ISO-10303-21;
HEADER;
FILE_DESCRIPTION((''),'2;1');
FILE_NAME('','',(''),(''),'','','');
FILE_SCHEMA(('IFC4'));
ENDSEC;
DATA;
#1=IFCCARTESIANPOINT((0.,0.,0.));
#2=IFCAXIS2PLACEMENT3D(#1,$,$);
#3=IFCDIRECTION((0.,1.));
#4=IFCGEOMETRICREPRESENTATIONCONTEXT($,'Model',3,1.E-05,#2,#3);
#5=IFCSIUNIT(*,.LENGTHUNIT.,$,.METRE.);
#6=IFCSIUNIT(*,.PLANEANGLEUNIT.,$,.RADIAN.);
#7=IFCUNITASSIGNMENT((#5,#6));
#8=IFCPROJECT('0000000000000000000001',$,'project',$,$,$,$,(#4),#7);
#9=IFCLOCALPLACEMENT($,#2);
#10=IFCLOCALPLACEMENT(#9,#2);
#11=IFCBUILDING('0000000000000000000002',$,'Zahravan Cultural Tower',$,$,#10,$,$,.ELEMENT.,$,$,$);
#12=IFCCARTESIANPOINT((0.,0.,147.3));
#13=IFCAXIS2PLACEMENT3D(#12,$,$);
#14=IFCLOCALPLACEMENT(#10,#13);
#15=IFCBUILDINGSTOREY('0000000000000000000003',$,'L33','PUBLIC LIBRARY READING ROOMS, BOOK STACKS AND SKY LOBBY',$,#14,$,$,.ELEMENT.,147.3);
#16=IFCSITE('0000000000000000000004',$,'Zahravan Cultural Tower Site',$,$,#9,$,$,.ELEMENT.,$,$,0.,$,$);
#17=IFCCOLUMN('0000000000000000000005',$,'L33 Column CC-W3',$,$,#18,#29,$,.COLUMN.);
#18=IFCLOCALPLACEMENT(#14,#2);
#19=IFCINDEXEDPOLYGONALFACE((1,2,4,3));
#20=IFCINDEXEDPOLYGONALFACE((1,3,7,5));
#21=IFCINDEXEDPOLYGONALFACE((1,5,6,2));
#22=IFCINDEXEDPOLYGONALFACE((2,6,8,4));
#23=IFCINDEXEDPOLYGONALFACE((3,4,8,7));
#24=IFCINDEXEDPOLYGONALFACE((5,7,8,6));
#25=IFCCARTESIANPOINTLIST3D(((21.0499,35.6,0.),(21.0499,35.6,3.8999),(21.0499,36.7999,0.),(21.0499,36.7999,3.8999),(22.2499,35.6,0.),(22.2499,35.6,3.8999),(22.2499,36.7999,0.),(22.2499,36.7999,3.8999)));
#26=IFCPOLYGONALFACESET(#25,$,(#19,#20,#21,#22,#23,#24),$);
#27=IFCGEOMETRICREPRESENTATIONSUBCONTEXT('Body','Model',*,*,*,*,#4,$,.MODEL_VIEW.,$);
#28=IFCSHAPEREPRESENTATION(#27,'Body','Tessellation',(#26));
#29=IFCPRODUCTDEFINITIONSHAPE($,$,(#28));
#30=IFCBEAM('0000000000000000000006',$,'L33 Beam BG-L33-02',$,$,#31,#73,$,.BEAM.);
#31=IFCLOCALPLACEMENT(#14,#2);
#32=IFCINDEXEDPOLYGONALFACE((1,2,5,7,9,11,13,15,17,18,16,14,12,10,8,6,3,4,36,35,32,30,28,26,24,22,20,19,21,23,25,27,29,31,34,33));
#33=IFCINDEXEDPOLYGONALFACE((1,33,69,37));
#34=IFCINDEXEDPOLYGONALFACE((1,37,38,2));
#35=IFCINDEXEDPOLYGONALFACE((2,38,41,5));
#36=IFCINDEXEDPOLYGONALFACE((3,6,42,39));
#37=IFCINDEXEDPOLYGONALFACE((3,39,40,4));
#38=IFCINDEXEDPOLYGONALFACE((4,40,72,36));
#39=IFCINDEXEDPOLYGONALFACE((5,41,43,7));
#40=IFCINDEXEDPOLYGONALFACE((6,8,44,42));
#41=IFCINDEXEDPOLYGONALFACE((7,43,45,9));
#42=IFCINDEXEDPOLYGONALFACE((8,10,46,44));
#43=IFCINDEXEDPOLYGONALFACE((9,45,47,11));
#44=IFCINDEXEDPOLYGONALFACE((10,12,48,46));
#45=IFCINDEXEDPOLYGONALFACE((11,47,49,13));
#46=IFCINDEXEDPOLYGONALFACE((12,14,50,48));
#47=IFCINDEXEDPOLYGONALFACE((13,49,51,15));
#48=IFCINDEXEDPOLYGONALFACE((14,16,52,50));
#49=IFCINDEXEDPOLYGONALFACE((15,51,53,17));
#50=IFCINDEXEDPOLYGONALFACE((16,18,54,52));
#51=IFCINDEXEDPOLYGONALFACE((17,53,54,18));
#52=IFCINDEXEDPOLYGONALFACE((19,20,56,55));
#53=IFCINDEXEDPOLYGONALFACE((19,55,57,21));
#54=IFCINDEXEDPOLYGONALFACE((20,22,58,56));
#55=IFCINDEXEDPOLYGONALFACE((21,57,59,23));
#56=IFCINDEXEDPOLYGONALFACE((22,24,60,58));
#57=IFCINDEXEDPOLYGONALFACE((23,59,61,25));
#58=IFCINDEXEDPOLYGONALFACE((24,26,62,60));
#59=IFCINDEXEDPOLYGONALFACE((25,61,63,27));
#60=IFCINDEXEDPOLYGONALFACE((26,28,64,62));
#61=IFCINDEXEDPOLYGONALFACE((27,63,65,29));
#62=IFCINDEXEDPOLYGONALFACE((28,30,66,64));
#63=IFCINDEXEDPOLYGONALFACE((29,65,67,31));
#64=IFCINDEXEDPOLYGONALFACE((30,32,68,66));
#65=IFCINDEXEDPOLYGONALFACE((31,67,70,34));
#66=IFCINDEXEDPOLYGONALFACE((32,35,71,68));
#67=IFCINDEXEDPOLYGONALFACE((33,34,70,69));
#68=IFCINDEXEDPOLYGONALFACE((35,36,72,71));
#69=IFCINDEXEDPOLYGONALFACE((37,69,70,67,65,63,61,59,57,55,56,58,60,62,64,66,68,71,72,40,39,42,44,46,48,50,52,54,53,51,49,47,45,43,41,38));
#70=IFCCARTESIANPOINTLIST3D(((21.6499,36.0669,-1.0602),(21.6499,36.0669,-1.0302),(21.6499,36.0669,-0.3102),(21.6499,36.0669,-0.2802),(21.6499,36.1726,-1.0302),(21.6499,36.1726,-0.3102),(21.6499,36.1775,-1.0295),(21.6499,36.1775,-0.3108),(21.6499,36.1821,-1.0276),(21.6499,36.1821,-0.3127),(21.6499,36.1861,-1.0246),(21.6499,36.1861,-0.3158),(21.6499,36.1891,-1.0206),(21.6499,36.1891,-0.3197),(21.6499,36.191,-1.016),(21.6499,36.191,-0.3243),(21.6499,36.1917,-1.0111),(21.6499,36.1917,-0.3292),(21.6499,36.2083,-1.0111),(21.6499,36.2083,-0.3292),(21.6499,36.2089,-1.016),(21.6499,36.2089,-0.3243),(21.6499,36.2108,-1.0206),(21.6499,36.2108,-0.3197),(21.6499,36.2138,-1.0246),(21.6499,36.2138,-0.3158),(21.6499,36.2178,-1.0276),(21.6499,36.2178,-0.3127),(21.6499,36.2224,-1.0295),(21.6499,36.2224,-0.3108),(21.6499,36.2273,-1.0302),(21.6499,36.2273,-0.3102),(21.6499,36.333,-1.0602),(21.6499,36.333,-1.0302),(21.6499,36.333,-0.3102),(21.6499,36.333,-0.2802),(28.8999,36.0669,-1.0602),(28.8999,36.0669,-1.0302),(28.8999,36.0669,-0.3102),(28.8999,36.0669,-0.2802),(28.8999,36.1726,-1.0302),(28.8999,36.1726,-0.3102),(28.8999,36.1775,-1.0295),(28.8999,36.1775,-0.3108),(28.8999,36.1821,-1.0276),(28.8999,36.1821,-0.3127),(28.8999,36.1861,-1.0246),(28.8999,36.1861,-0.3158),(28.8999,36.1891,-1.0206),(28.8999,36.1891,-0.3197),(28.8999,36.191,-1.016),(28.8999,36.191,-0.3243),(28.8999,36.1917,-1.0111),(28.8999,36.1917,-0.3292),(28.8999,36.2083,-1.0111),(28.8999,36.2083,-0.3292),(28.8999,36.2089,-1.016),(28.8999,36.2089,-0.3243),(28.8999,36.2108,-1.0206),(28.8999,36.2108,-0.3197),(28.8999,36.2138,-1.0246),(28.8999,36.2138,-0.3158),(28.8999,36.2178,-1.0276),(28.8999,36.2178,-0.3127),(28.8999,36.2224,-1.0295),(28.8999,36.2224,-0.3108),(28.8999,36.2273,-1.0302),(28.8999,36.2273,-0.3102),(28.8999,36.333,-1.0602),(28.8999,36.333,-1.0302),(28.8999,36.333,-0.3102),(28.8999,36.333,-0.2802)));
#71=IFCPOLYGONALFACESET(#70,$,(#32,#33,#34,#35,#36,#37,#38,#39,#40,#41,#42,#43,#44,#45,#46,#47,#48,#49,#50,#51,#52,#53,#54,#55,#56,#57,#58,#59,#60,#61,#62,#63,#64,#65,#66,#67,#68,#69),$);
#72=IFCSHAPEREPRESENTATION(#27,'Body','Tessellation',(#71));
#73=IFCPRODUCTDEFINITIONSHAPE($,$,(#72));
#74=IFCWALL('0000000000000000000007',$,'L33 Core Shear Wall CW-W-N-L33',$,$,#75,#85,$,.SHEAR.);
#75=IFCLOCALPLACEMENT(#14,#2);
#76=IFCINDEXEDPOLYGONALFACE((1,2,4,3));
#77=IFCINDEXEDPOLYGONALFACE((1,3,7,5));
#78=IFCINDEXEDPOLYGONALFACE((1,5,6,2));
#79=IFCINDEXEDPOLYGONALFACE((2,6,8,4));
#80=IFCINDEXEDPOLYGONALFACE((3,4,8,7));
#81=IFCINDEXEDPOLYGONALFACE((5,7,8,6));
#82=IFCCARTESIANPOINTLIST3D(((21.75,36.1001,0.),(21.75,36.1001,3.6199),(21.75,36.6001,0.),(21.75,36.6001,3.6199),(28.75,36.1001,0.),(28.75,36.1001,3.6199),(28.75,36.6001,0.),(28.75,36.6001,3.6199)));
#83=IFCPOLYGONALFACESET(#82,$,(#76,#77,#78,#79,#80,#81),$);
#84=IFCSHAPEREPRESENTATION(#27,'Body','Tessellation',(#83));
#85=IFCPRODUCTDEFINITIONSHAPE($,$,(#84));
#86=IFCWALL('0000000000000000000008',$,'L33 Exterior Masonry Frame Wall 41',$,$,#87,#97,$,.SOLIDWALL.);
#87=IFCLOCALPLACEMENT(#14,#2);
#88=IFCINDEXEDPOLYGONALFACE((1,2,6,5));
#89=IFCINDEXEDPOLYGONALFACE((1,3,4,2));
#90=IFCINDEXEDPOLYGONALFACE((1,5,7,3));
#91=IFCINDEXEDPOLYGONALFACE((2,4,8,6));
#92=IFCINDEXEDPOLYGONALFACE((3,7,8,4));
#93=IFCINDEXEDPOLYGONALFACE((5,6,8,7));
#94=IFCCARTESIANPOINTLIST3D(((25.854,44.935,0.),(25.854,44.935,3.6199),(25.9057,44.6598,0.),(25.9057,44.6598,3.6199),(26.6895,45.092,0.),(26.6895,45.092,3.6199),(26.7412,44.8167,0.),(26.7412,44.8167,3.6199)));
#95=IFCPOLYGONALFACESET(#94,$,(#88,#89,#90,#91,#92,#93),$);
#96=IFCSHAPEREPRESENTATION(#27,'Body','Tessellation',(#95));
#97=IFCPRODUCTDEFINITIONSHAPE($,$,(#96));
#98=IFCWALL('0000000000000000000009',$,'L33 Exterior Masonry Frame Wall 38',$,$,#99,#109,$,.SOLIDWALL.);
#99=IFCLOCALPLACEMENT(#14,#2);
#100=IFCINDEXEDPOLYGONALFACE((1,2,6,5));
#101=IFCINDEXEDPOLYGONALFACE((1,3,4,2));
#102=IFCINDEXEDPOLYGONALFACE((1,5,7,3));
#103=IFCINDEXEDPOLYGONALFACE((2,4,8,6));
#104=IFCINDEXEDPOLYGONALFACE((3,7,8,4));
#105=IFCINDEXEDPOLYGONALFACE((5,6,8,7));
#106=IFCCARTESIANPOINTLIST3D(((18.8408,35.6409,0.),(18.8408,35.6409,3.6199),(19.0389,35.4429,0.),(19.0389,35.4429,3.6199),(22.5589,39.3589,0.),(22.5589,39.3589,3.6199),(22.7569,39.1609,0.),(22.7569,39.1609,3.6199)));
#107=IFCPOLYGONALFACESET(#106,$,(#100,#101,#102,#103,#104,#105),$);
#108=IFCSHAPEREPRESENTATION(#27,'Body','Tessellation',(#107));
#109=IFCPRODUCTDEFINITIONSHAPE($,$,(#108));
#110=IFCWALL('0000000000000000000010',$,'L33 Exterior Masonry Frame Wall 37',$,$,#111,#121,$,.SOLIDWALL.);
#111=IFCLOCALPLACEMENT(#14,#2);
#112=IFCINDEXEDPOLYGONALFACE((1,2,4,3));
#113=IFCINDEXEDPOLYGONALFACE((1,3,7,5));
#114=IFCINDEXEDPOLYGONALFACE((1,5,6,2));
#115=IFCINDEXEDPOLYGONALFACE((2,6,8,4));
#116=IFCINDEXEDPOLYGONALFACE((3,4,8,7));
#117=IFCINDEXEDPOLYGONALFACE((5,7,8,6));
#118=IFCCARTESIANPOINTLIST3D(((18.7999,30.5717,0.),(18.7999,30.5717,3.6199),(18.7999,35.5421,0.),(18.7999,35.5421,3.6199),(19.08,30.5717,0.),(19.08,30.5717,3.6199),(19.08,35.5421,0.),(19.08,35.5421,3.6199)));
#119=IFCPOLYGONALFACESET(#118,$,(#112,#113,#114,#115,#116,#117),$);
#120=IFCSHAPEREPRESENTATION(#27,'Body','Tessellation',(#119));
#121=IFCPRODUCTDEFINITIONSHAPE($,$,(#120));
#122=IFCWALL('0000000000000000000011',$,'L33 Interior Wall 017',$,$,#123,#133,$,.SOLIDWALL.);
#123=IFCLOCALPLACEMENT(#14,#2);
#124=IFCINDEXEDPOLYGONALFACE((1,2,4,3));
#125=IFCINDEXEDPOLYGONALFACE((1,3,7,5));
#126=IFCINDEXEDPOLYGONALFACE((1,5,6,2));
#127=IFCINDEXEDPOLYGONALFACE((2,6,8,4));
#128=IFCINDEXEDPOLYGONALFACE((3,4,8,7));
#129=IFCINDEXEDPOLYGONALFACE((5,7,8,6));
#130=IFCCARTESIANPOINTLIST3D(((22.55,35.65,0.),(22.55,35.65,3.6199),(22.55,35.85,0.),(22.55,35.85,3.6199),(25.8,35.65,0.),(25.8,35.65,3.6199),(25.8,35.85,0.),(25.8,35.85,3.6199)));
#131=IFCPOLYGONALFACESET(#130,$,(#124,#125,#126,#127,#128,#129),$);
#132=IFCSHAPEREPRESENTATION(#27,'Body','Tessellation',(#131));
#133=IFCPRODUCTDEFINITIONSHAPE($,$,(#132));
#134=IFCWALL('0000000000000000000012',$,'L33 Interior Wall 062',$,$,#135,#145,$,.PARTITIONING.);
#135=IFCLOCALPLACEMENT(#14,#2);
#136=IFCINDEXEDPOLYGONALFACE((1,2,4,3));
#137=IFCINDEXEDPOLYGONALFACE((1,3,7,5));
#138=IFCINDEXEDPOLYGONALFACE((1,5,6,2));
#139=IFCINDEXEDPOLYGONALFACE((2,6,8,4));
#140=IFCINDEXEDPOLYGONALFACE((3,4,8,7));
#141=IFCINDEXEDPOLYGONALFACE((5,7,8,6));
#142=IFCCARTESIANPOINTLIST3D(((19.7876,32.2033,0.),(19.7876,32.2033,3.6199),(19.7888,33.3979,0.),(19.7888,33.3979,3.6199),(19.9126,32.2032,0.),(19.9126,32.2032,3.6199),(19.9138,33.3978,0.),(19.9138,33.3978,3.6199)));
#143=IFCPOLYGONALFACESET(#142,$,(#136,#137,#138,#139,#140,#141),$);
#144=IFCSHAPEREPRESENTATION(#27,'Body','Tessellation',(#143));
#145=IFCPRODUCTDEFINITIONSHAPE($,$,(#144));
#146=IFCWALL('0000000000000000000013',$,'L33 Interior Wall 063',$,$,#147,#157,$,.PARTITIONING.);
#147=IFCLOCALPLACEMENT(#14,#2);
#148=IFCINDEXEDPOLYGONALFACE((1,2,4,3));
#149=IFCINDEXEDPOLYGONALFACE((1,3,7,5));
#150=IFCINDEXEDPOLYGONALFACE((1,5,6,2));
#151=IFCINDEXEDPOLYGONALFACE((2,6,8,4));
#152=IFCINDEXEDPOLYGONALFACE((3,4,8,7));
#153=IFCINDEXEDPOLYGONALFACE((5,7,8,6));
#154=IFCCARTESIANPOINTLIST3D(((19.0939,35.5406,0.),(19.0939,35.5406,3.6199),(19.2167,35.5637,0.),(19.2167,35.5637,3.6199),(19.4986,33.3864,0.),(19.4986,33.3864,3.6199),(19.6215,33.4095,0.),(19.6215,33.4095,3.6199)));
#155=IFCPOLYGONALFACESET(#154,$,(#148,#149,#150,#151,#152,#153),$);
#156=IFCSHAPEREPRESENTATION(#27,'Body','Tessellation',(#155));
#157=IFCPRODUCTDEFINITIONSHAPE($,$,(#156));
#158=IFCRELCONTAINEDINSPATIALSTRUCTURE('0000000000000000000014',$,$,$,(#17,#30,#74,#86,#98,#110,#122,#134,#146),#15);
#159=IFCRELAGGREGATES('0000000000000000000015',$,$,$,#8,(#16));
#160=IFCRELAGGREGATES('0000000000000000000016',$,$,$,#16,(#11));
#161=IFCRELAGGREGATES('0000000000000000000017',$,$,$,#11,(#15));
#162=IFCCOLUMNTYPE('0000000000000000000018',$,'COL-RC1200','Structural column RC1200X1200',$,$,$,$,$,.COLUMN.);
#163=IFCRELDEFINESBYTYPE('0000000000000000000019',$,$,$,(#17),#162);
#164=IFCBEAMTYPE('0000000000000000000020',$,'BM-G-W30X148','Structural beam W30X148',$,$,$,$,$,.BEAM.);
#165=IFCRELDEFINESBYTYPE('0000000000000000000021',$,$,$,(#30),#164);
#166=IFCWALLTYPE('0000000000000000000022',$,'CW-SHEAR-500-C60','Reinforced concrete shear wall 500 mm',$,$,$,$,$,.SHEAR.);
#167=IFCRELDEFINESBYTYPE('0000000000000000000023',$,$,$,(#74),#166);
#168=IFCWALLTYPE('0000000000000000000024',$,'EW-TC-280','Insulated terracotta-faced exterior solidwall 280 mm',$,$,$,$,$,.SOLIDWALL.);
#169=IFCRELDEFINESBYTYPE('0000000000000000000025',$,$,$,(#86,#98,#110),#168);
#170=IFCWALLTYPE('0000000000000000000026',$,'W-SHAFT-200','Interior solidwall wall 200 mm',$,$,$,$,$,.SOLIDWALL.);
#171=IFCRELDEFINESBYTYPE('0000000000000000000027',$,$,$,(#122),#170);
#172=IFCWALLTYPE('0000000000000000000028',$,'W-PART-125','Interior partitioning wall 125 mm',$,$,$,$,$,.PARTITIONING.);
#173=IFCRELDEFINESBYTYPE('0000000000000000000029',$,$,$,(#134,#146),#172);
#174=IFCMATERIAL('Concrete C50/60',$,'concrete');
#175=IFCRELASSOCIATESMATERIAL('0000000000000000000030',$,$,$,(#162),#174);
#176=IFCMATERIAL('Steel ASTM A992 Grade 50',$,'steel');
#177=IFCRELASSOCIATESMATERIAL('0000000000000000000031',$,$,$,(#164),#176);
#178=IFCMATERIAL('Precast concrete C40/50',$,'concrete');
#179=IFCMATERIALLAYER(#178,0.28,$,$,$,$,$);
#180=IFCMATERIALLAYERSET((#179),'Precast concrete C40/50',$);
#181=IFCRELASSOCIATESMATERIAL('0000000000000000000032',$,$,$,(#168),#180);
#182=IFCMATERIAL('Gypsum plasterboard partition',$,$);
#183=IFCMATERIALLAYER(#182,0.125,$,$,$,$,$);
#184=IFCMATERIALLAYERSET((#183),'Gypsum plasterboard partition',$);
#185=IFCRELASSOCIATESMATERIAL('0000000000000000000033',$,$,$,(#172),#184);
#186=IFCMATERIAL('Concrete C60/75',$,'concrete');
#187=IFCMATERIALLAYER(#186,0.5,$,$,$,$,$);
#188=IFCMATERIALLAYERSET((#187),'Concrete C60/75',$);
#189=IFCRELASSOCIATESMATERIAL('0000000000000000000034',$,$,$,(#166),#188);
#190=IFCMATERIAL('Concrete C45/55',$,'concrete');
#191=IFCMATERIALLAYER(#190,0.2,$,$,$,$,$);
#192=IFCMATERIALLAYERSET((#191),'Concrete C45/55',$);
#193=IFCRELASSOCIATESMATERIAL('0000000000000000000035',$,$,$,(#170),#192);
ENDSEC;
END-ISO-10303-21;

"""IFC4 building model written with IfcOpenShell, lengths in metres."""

from ifc_helpers import new_model, si_unit, direction, frame, frame_2d, origin, origin_2d, place, context, subcontext, project, spatial, rectangle, i_section, extrude, source, transform, mapped, material, layer, layer_set, material_profile, profile_set, type_object, element, save


model = new_model("IFC4")

# Units and contexts
model_context = context("Model", 3, precision=1e-05, world=origin(), true_north=direction((0.0, 1.0)))
body_context = subcontext(model_context, "Body", "Model", "MODEL_VIEW")
ifc_project = project(units=[si_unit("LENGTHUNIT", "METRE"), si_unit("PLANEANGLEUNIT", "RADIAN")], contexts=[model_context])

# Site, building, storey
site_placement = place(None, origin())
site = spatial("IfcSite", under=ifc_project, at=site_placement, Name="Zahravan Cultural Tower Site", CompositionType="ELEMENT", RefElevation=0.0)
building_placement = place(site_placement, origin())
building = spatial("IfcBuilding", under=site, at=building_placement, Name="Zahravan Cultural Tower", CompositionType="ELEMENT")
storey_placement = place(building_placement, frame((0.0, 0.0, 147.3)))
storey = spatial("IfcBuildingStorey", under=building, at=storey_placement, Name="L33", Description="PUBLIC LIBRARY READING ROOMS, BOOK STACKS AND SKY LOBBY", CompositionType="ELEMENT", Elevation=147.3)

# Column
ifc_material_1 = material(Name="Concrete C50/60", Category="concrete")
ifc_material_profile_1 = material_profile(ifc_material_1, rectangle(XDim=1.2, YDim=1.2, at=origin_2d()), Name="RC1200X1200")
ifc_profile_set_1 = profile_set([ifc_material_profile_1], Name="Concrete C50/60")
column_type = type_object("IfcColumnType", Name="COL-RC1200", Description="Structural column RC1200X1200", PredefinedType="COLUMN", material=ifc_profile_set_1)
shared_shape_1 = source(origin(), body_context, "Body", "SweptSolid", [
    extrude(rectangle(XDim=1.2, YDim=1.2, at=origin_2d()), origin(), (0.0, 0.0, 1.0), 3.8999),
])
column_placement = place(storey_placement, frame((21.6499, 36.2, 0.0), z_axis=(0.0, 0.0, 1.0), x_axis=(1.0, 0.0, 0.0)))
element("IfcColumn", 1, at=column_placement, inside=storey, type_object=column_type, Name="L33 Column CC-W3", PredefinedType="COLUMN", context=body_context, shape_type="MappedRepresentation", body=[
    mapped(shared_shape_1, transform((0.0, 0.0, 0.0), x_axis=(1.0, 0.0, 0.0), y_axis=(0.0, 1.0, 0.0), z_axis=(0.0, 0.0, 1.0), scale=1.0)),
])

# Beam
ifc_material_2 = material(Name="Steel ASTM A992 Grade 50", Category="steel")
ifc_material_profile_2 = material_profile(ifc_material_2, i_section(OverallWidth=0.2661, OverallDepth=0.78, WebThickness=0.0166, FlangeThickness=0.03, FilletRadius=0.019, at=origin_2d()), Name="W30X148")
ifc_profile_set_2 = profile_set([ifc_material_profile_2], Name="Steel ASTM A992 Grade 50")
beam_type = type_object("IfcBeamType", Name="BM-G-W30X148", Description="Structural beam W30X148", PredefinedType="BEAM", material=ifc_profile_set_2)
shared_shape_2 = source(origin(), body_context, "Body", "SweptSolid", [
    extrude(i_section(OverallWidth=0.2661, OverallDepth=0.78, WebThickness=0.0166, FlangeThickness=0.03, FilletRadius=0.019, at=origin_2d()), origin(), (0.0, 0.0, 1.0), 7.25),
])
beam_placement = place(storey_placement, frame((21.6499, 36.2, -0.6702), z_axis=(1.0, 0.0, 0.0), x_axis=(0.0, 1.0, 0.0)))
element("IfcBeam", 2, at=beam_placement, inside=storey, type_object=beam_type, Name="L33 Beam BG-L33-02", PredefinedType="BEAM", context=body_context, shape_type="MappedRepresentation", body=[
    mapped(shared_shape_2, transform((0.0, 0.0, 0.0), x_axis=(1.0, 0.0, 0.0), y_axis=(0.0, 1.0, 0.0), z_axis=(0.0, 0.0, 1.0), scale=1.0)),
])

# Shared definitions
ifc_material_3 = material(Name="Precast concrete C40/50", Category="concrete")
ifc_layer_1 = layer(ifc_material_3, 0.28)
ifc_layer_set_1 = layer_set([ifc_layer_1], Name="Precast concrete C40/50")
wall_type_1 = type_object("IfcWallType", Name="EW-TC-280", Description="Insulated terracotta-faced exterior solidwall 280 mm", PredefinedType="SOLIDWALL", material=ifc_layer_set_1)
ifc_material_4 = material(Name="Gypsum plasterboard partition")
ifc_layer_2 = layer(ifc_material_4, 0.125)
ifc_layer_set_2 = layer_set([ifc_layer_2], Name="Gypsum plasterboard partition")
wall_type_2 = type_object("IfcWallType", Name="W-PART-125", Description="Interior partitioning wall 125 mm", PredefinedType="PARTITIONING", material=ifc_layer_set_2)

# Walls
ifc_material_5 = material(Name="Concrete C60/75", Category="concrete")
ifc_layer_3 = layer(ifc_material_5, 0.5)
ifc_layer_set_3 = layer_set([ifc_layer_3], Name="Concrete C60/75")
wall_type_3 = type_object("IfcWallType", Name="CW-SHEAR-500-C60", Description="Reinforced concrete shear wall 500 mm", PredefinedType="SHEAR", material=ifc_layer_set_3)
shared_shape_3 = source(origin(), body_context, "Body", "SweptSolid", [
    extrude(rectangle(XDim=7.0, YDim=0.5, at=frame_2d((3.5, 0.0))), origin(), (0.0, 0.0, 1.0), 3.6199),
])
wall_1_placement = place(storey_placement, frame((21.75, 36.3501, 0.0), z_axis=(0.0, 0.0, 1.0), x_axis=(1.0, 0.0, 0.0)))
element("IfcWall", 3, at=wall_1_placement, inside=storey, type_object=wall_type_3, Name="L33 Core Shear Wall CW-W-N-L33", PredefinedType="SHEAR", context=body_context, shape_type="MappedRepresentation", body=[
    mapped(shared_shape_3, transform((0.0, 0.0, 0.0), x_axis=(1.0, 0.0, 0.0), y_axis=(0.0, 1.0, 0.0), z_axis=(0.0, 0.0, 1.0), scale=1.0)),
])
shared_shape_4 = source(origin(), body_context, "Body", "SweptSolid", [
    extrude(rectangle(XDim=0.8501, YDim=0.28, at=frame_2d((0.425, 0.0))), origin(), (0.0, 0.0, 1.0), 3.6199),
])
wall_2_placement = place(storey_placement, frame((25.8799, 44.7974, 0.0), z_axis=(0.0, 0.0, 1.0), x_axis=(0.982801, 0.18467, 0.0)))
element("IfcWall", 4, at=wall_2_placement, inside=storey, type_object=wall_type_1, Name="L33 Exterior Masonry Frame Wall 41", PredefinedType="SOLIDWALL", context=body_context, shape_type="MappedRepresentation", body=[
    mapped(shared_shape_4, transform((0.0, 0.0, 0.0), x_axis=(1.0, 0.0, 0.0), y_axis=(0.0, 1.0, 0.0), z_axis=(0.0, 0.0, 1.0), scale=1.0)),
])
shared_shape_5 = source(origin(), body_context, "Body", "SweptSolid", [
    extrude(rectangle(XDim=5.2581, YDim=0.28, at=frame_2d((2.6289, 0.0))), origin(), (0.0, 0.0, 1.0), 3.6199),
])
wall_3_placement = place(storey_placement, frame((18.9399, 35.542, 0.0), z_axis=(0.0, 0.0, 1.0), x_axis=(0.707107, 0.707107, 0.0)))
element("IfcWall", 5, at=wall_3_placement, inside=storey, type_object=wall_type_1, Name="L33 Exterior Masonry Frame Wall 38", PredefinedType="SOLIDWALL", context=body_context, shape_type="MappedRepresentation", body=[
    mapped(shared_shape_5, transform((0.0, 0.0, 0.0), x_axis=(1.0, 0.0, 0.0), y_axis=(0.0, 1.0, 0.0), z_axis=(0.0, 0.0, 1.0), scale=1.0)),
])
shared_shape_6 = source(origin(), body_context, "Body", "SweptSolid", [
    extrude(rectangle(XDim=4.9705, YDim=0.28, at=frame_2d((2.4854, 0.0))), origin(), (0.0, 0.0, 1.0), 3.6199),
])
wall_4_placement = place(storey_placement, frame((18.9399, 30.5715, 0.0), z_axis=(0.0, 0.0, 1.0), x_axis=(0.0, 1.0, 0.0)))
element("IfcWall", 6, at=wall_4_placement, inside=storey, type_object=wall_type_1, Name="L33 Exterior Masonry Frame Wall 37", PredefinedType="SOLIDWALL", context=body_context, shape_type="MappedRepresentation", body=[
    mapped(shared_shape_6, transform((0.0, 0.0, 0.0), x_axis=(1.0, 0.0, 0.0), y_axis=(0.0, 1.0, 0.0), z_axis=(0.0, 0.0, 1.0), scale=1.0)),
])
ifc_material_6 = material(Name="Concrete C45/55", Category="concrete")
ifc_layer_4 = layer(ifc_material_6, 0.2)
ifc_layer_set_4 = layer_set([ifc_layer_4], Name="Concrete C45/55")
wall_type_4 = type_object("IfcWallType", Name="W-SHAFT-200", Description="Interior solidwall wall 200 mm", PredefinedType="SOLIDWALL", material=ifc_layer_set_4)
shared_shape_7 = source(origin(), body_context, "Body", "SweptSolid", [
    extrude(rectangle(XDim=3.25, YDim=0.2, at=frame_2d((1.625, 0.0))), origin(), (0.0, 0.0, 1.0), 3.6199),
])
wall_5_placement = place(storey_placement, frame((22.55, 35.75, 0.0), z_axis=(0.0, 0.0, 1.0), x_axis=(1.0, 0.0, 0.0)))
element("IfcWall", 7, at=wall_5_placement, inside=storey, type_object=wall_type_4, Name="L33 Interior Wall 017", PredefinedType="SOLIDWALL", context=body_context, shape_type="MappedRepresentation", body=[
    mapped(shared_shape_7, transform((0.0, 0.0, 0.0), x_axis=(1.0, 0.0, 0.0), y_axis=(0.0, 1.0, 0.0), z_axis=(0.0, 0.0, 1.0), scale=1.0)),
])
shared_shape_8 = source(origin(), body_context, "Body", "SweptSolid", [
    extrude(rectangle(XDim=1.1946, YDim=0.125, at=frame_2d((0.5972, 0.0))), origin(), (0.0, 0.0, 1.0), 3.6199),
])
wall_6_placement = place(storey_placement, frame((19.8513, 33.3977, 0.0), z_axis=(0.0, 0.0, 1.0), x_axis=(-0.001022, -0.999999, 0.0)))
element("IfcWall", 8, at=wall_6_placement, inside=storey, type_object=wall_type_2, Name="L33 Interior Wall 062", PredefinedType="PARTITIONING", context=body_context, shape_type="MappedRepresentation", body=[
    mapped(shared_shape_8, transform((0.0, 0.0, 0.0), x_axis=(1.0, 0.0, 0.0), y_axis=(0.0, 1.0, 0.0), z_axis=(0.0, 0.0, 1.0), scale=1.0)),
])
shared_shape_9 = source(origin(), body_context, "Body", "SweptSolid", [
    extrude(rectangle(XDim=2.1919, YDim=0.125, at=frame_2d((1.0959, 0.0))), origin(), (0.0, 0.0, 1.0), 3.6199),
])
wall_7_placement = place(storey_placement, frame((19.5601, 33.3979, 0.0), z_axis=(0.0, 0.0, 1.0), x_axis=(-0.184665, 0.982802, 0.0)))
element("IfcWall", 9, at=wall_7_placement, inside=storey, type_object=wall_type_2, Name="L33 Interior Wall 063", PredefinedType="PARTITIONING", context=body_context, shape_type="MappedRepresentation", body=[
    mapped(shared_shape_9, transform((0.0, 0.0, 0.0), x_axis=(1.0, 0.0, 0.0), y_axis=(0.0, 1.0, 0.0), z_axis=(0.0, 0.0, 1.0), scale=1.0)),
])

save(model, "model.ifc")
